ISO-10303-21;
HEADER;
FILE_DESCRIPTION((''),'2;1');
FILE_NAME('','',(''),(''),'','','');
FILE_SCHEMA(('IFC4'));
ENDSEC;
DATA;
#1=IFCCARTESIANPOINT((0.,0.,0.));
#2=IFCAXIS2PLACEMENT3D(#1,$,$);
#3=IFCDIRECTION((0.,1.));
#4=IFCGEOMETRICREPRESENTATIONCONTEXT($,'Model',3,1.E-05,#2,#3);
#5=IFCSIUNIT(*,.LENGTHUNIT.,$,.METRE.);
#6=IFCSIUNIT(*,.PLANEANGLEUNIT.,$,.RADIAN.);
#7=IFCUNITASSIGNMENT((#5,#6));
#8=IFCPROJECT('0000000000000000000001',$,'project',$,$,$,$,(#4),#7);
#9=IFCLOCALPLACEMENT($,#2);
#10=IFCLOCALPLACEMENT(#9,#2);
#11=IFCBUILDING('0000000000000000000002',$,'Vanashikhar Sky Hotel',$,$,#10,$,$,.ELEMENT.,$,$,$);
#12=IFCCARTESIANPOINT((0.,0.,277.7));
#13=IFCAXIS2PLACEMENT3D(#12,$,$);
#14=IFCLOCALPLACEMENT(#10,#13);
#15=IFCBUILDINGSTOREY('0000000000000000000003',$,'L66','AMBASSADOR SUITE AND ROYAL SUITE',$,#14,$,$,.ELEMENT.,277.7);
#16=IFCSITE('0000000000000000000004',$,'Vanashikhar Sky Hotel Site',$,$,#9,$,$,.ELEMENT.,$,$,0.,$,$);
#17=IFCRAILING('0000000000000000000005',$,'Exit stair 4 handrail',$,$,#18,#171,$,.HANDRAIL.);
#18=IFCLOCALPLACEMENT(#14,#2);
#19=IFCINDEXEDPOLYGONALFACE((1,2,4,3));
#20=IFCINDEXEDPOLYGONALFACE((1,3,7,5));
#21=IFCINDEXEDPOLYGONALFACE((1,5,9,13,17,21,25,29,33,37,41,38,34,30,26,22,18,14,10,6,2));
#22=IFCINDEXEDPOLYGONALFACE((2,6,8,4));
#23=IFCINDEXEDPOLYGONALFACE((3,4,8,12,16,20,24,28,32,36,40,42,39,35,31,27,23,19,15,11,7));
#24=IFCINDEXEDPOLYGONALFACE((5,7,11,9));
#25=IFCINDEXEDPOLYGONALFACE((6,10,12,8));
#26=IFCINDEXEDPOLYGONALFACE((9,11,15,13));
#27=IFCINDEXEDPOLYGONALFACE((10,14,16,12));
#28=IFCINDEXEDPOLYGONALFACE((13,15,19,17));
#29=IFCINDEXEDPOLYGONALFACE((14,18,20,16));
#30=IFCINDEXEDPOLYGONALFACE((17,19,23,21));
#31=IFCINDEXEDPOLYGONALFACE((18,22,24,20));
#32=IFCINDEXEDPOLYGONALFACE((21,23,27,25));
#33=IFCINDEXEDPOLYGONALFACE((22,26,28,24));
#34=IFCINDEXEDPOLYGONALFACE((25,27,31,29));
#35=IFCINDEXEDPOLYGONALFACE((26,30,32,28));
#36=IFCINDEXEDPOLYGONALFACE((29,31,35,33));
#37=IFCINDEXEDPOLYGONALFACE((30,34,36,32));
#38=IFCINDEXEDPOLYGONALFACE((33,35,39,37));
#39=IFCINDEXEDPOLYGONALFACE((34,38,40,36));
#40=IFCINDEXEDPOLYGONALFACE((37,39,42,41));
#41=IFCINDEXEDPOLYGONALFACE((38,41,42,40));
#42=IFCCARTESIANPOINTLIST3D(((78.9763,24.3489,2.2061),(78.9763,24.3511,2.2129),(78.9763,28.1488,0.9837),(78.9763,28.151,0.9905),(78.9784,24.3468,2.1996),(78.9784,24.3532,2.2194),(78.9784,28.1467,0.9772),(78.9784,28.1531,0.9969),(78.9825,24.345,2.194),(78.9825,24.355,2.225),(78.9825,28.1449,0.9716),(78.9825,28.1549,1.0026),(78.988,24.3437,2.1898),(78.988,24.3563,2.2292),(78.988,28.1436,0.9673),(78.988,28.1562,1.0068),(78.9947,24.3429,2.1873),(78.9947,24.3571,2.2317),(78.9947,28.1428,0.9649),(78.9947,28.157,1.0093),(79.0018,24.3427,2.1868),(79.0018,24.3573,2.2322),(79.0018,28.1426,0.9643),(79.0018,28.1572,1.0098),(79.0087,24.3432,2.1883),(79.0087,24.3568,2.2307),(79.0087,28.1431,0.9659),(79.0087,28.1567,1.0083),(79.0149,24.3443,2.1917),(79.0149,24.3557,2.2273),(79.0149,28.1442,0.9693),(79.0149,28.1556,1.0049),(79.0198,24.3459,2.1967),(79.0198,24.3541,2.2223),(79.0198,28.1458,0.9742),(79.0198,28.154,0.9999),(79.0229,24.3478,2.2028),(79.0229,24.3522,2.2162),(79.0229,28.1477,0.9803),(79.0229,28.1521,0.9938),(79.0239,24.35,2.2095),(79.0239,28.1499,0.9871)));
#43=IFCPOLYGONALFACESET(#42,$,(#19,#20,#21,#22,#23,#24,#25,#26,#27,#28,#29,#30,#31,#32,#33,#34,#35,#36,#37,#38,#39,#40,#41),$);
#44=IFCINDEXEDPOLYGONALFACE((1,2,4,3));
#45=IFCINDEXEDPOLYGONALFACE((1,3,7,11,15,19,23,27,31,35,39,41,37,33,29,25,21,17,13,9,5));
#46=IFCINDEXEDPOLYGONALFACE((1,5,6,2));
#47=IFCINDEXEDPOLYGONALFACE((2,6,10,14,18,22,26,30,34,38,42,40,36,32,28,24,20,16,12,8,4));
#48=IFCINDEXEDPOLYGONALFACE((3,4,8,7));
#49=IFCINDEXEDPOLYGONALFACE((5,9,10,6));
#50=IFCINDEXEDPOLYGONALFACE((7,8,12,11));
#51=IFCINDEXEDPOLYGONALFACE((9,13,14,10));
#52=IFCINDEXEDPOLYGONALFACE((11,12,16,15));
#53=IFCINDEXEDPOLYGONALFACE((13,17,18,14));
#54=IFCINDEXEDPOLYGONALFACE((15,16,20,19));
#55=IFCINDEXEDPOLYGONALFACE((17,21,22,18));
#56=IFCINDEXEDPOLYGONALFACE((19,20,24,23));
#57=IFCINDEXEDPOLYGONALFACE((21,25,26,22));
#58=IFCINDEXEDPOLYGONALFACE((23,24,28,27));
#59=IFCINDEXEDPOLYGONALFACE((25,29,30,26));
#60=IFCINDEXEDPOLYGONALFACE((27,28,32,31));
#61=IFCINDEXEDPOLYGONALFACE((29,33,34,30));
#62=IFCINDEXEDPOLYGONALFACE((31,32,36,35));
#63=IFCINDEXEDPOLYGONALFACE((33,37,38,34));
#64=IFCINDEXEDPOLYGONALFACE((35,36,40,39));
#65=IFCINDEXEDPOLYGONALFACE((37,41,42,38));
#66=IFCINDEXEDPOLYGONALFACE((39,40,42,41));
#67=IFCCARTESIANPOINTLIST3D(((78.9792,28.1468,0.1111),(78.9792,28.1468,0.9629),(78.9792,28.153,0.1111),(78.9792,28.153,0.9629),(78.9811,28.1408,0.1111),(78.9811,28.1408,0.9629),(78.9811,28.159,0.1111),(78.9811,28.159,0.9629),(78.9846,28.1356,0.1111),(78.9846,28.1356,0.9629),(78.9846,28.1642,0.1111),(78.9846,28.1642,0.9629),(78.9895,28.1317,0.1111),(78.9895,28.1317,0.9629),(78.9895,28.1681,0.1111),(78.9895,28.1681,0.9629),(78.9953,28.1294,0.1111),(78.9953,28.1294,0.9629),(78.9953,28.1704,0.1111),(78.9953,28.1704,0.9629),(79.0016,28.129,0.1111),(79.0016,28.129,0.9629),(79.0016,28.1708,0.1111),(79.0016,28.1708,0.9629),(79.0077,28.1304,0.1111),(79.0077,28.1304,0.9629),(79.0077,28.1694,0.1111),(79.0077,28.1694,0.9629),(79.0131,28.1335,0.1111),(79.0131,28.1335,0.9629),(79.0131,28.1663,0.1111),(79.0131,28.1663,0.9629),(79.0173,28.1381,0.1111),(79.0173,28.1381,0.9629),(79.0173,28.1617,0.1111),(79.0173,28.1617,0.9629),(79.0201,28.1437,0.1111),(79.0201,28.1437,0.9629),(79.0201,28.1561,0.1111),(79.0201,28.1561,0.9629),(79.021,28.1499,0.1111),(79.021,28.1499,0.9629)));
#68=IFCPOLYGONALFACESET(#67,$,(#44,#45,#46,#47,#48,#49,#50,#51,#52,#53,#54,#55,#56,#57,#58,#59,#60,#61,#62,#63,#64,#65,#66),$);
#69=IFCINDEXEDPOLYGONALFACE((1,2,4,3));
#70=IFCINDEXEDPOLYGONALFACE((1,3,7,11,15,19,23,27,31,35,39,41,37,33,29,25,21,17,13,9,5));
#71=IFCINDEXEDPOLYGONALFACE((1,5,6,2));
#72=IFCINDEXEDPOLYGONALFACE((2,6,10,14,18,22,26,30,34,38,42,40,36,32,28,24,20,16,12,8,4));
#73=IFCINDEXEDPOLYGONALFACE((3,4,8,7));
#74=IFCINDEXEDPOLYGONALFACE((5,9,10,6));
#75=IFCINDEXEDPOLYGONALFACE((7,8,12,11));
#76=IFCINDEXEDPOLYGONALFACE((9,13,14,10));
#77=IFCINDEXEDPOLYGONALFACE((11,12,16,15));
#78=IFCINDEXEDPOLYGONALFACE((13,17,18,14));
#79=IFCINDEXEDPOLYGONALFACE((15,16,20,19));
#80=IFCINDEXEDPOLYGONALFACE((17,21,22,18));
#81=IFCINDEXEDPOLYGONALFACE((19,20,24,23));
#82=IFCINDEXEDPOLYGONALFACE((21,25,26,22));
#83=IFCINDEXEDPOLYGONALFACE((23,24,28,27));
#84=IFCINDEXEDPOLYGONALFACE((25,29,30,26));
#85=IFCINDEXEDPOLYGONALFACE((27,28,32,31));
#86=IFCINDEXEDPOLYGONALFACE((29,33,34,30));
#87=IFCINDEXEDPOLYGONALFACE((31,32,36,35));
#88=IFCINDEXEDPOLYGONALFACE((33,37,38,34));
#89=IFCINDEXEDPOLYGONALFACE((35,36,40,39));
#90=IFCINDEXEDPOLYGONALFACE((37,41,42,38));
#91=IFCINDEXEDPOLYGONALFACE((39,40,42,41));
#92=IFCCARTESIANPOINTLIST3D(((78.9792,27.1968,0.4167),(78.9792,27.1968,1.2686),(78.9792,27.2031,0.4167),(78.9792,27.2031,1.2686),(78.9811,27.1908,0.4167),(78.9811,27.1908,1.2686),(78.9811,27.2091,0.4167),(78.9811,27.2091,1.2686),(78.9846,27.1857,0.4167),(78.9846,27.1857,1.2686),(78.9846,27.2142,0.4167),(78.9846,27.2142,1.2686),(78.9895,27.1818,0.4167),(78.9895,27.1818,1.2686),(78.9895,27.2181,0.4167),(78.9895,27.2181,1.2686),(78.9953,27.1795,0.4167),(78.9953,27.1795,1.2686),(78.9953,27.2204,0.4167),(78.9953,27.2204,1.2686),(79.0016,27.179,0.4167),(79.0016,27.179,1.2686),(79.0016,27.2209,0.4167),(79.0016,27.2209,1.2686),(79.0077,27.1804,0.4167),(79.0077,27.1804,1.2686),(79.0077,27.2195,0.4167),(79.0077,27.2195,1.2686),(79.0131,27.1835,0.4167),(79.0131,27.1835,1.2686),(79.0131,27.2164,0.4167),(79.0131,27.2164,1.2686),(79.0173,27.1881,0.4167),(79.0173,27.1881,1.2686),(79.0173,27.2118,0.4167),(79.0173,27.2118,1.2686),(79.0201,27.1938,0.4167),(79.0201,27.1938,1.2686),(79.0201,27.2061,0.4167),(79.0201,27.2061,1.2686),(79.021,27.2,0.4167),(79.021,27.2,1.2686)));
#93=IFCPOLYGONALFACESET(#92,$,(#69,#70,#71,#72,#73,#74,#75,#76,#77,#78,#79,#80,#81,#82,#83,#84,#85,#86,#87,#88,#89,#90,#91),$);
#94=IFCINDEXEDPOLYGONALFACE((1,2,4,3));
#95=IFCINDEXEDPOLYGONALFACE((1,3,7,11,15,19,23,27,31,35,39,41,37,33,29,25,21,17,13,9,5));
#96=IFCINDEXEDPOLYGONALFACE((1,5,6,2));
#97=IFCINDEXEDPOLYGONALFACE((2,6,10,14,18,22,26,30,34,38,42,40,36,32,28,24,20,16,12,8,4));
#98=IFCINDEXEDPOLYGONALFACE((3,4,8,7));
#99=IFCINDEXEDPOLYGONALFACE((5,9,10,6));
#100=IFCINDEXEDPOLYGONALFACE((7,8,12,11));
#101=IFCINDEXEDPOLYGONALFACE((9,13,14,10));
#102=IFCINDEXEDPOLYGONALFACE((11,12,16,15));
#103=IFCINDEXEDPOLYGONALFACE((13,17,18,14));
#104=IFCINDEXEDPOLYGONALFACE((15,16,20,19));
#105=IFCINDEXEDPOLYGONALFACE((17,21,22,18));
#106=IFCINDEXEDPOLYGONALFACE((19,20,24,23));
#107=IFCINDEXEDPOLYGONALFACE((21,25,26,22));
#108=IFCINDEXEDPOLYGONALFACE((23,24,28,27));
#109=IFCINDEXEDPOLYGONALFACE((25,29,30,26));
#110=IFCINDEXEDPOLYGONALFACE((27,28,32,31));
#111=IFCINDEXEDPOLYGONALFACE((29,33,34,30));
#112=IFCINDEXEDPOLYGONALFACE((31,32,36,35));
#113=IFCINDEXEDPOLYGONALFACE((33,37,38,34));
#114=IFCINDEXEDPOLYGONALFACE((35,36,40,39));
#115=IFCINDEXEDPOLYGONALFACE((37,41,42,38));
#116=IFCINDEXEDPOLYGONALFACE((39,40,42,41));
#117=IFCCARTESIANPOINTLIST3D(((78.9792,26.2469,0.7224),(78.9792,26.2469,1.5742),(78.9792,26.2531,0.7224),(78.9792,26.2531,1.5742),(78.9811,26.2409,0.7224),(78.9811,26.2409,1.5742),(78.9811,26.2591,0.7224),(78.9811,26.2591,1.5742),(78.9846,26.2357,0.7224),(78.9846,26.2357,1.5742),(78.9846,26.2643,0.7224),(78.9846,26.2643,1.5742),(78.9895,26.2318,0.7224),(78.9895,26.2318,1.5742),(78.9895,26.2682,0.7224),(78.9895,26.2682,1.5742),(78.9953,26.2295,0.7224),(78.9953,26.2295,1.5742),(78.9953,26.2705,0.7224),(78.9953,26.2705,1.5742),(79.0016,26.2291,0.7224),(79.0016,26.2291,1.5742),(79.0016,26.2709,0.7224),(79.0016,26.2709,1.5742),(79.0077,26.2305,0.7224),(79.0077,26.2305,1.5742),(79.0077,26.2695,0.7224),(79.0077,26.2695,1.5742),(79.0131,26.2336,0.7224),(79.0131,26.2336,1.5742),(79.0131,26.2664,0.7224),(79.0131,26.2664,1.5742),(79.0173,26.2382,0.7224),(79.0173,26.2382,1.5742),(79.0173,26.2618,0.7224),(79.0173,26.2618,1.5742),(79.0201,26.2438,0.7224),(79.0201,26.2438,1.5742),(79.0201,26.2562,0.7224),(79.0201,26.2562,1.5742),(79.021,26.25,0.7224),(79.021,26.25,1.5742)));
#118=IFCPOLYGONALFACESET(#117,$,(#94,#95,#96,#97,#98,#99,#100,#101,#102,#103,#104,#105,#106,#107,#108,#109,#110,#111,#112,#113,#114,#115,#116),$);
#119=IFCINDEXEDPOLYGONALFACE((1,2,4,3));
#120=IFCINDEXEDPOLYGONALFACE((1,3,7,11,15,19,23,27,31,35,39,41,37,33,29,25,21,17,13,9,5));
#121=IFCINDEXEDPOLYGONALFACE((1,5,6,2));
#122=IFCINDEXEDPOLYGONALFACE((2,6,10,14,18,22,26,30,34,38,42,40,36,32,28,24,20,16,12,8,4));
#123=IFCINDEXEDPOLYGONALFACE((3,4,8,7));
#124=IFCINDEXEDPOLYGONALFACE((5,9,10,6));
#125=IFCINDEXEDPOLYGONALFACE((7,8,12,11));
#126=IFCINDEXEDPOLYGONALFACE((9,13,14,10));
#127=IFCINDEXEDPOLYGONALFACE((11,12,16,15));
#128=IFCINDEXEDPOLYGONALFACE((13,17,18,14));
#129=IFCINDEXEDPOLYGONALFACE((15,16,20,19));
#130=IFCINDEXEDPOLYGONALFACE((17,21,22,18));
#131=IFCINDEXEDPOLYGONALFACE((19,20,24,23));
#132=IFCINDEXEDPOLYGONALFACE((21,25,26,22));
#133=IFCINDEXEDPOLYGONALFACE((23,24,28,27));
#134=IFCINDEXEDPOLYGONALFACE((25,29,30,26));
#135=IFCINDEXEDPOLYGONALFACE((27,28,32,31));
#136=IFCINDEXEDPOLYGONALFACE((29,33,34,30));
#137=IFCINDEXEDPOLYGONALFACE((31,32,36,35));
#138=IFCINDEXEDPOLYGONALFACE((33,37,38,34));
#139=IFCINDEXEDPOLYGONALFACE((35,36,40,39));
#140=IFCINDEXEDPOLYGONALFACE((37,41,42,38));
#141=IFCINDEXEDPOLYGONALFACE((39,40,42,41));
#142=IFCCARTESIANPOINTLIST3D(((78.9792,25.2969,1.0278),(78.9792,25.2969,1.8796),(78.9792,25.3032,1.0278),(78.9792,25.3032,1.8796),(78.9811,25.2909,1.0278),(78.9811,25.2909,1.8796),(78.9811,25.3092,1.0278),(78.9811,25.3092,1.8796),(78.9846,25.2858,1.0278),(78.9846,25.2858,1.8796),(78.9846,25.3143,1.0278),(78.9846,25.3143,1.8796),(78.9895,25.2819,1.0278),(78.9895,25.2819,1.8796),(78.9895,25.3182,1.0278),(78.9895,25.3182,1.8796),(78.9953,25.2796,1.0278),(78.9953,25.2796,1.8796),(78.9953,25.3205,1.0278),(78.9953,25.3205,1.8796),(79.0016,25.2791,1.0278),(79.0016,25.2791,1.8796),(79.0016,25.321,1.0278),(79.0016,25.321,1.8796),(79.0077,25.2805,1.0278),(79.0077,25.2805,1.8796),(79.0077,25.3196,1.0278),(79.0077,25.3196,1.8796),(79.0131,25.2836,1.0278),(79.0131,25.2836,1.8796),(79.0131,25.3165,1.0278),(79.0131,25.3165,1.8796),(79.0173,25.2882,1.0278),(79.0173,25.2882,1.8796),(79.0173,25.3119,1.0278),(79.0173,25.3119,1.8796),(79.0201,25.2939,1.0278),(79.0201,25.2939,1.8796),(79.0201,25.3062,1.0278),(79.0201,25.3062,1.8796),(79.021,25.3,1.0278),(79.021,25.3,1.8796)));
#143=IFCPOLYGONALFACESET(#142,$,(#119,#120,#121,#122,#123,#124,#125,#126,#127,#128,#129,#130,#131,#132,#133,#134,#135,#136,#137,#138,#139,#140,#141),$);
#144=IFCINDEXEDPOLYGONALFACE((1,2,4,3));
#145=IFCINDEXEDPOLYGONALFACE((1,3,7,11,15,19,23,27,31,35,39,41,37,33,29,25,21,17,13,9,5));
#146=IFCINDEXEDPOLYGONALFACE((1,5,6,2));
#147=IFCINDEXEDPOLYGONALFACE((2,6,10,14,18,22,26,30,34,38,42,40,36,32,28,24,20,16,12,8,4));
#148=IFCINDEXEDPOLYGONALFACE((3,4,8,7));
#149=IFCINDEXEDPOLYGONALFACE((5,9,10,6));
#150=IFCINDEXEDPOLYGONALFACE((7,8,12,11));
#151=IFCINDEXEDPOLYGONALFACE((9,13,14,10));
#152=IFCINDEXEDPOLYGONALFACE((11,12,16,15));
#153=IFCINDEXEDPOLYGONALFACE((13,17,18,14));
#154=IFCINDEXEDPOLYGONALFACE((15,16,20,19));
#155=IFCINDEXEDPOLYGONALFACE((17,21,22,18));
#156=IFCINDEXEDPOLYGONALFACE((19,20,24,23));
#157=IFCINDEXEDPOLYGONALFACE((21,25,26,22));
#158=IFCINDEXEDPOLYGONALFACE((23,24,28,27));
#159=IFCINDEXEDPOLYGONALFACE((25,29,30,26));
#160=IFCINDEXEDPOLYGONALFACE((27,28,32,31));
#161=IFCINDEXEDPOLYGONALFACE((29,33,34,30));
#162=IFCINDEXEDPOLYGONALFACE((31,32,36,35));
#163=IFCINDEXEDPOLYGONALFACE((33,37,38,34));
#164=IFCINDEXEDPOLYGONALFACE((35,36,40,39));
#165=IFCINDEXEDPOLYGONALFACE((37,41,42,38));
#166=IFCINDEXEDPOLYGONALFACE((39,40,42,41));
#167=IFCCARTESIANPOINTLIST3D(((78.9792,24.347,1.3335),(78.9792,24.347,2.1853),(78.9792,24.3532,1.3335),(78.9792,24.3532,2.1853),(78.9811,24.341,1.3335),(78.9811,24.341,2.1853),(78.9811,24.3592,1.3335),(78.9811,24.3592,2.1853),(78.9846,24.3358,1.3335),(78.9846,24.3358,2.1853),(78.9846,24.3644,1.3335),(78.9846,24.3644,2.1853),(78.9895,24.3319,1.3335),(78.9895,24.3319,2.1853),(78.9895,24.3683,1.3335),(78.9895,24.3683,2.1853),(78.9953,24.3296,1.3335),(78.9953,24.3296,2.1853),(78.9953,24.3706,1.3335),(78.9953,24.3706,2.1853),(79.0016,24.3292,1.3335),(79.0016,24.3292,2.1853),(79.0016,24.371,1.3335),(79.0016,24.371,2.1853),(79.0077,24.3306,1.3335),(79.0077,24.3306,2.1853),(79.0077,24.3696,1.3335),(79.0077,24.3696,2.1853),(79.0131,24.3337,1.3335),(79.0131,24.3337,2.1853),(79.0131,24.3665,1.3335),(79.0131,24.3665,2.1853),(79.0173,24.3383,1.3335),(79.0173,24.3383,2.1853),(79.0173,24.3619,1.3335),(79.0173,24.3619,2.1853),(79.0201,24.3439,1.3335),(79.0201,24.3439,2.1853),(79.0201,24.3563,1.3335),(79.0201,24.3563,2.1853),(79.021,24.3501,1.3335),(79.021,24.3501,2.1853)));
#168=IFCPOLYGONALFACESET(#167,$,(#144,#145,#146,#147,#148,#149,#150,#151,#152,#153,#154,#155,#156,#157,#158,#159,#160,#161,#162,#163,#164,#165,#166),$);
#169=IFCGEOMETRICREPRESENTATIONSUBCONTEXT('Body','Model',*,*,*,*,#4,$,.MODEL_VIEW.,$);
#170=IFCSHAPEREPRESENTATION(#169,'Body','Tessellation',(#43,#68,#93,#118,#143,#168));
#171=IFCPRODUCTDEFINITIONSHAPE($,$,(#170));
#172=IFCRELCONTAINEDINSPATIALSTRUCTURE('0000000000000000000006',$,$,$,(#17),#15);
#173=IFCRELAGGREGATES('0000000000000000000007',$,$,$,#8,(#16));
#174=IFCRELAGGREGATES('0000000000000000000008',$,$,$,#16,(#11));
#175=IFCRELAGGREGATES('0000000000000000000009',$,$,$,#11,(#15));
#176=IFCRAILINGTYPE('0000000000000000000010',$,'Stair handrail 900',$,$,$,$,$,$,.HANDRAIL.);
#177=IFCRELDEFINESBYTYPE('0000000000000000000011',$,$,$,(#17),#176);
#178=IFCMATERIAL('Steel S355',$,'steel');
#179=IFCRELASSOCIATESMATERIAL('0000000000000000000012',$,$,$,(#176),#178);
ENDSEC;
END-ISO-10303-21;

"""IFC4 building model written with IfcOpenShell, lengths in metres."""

from ifc_helpers import new_model, si_unit, direction, frame, origin, origin_2d, place, context, subcontext, project, spatial, circle, extrude, source, transform, mapped, material, type_object, element, save


model = new_model("IFC4")

# Units and contexts
model_context = context("Model", 3, precision=1e-05, world=origin(), true_north=direction((0.0, 1.0)))
body_context = subcontext(model_context, "Body", "Model", "MODEL_VIEW")
ifc_project = project(units=[si_unit("LENGTHUNIT", "METRE"), si_unit("PLANEANGLEUNIT", "RADIAN")], contexts=[model_context])

# Site, building, storey
site_placement = place(None, origin())
site = spatial("IfcSite", under=ifc_project, at=site_placement, Name="Vanashikhar Sky Hotel Site", CompositionType="ELEMENT", RefElevation=0.0)
building_placement = place(site_placement, origin())
building = spatial("IfcBuilding", under=site, at=building_placement, Name="Vanashikhar Sky Hotel", CompositionType="ELEMENT")
storey_placement = place(building_placement, frame((0.0, 0.0, 277.7)))
storey = spatial("IfcBuildingStorey", under=building, at=storey_placement, Name="L66", Description="AMBASSADOR SUITE AND ROYAL SUITE", CompositionType="ELEMENT", Elevation=277.7)

# Railing
ifc_material_1 = material(Name="Steel S355", Category="steel")
railing_type_1 = type_object("IfcRailingType", Name="Stair handrail 900", PredefinedType="HANDRAIL", material=ifc_material_1)
shared_shape_1 = source(origin(), body_context, "Body", "SweptSolid", [
    extrude(circle(Radius=0.0239, at=origin_2d()), frame((0.0, 0.0, 0.876), z_axis=(0.0, -0.951952, 0.306247), x_axis=(1.0, 0.0, 0.0)), (0.0, 0.0, 1.0), 3.9917),
    extrude(circle(Radius=0.021, at=origin_2d()), origin(), (0.0, 0.0, 1.0), 0.8518),
    extrude(circle(Radius=0.021, at=origin_2d()), frame((0.0, -0.95, 0.3057)), (0.0, 0.0, 1.0), 0.8518),
    extrude(circle(Radius=0.021, at=origin_2d()), frame((0.0, -1.8999, 0.6113)), (0.0, 0.0, 1.0), 0.8518),
    extrude(circle(Radius=0.021, at=origin_2d()), frame((0.0, -2.8499, 0.9167)), (0.0, 0.0, 1.0), 0.8518),
    extrude(circle(Radius=0.021, at=origin_2d()), frame((0.0, -3.7998, 1.2224)), (0.0, 0.0, 1.0), 0.8518),
])
railing_1_placement = place(storey_placement, frame((79.0, 28.1499, 0.1111)))
element("IfcRailing", 1, at=railing_1_placement, inside=storey, type_object=railing_type_1, Name="Exit stair 4 handrail", PredefinedType="HANDRAIL", context=body_context, shape_type="MappedRepresentation", body=[
    mapped(shared_shape_1, transform((0.0, 0.0, 0.0), scale=1.0)),
])

save(model, "model.ifc")
